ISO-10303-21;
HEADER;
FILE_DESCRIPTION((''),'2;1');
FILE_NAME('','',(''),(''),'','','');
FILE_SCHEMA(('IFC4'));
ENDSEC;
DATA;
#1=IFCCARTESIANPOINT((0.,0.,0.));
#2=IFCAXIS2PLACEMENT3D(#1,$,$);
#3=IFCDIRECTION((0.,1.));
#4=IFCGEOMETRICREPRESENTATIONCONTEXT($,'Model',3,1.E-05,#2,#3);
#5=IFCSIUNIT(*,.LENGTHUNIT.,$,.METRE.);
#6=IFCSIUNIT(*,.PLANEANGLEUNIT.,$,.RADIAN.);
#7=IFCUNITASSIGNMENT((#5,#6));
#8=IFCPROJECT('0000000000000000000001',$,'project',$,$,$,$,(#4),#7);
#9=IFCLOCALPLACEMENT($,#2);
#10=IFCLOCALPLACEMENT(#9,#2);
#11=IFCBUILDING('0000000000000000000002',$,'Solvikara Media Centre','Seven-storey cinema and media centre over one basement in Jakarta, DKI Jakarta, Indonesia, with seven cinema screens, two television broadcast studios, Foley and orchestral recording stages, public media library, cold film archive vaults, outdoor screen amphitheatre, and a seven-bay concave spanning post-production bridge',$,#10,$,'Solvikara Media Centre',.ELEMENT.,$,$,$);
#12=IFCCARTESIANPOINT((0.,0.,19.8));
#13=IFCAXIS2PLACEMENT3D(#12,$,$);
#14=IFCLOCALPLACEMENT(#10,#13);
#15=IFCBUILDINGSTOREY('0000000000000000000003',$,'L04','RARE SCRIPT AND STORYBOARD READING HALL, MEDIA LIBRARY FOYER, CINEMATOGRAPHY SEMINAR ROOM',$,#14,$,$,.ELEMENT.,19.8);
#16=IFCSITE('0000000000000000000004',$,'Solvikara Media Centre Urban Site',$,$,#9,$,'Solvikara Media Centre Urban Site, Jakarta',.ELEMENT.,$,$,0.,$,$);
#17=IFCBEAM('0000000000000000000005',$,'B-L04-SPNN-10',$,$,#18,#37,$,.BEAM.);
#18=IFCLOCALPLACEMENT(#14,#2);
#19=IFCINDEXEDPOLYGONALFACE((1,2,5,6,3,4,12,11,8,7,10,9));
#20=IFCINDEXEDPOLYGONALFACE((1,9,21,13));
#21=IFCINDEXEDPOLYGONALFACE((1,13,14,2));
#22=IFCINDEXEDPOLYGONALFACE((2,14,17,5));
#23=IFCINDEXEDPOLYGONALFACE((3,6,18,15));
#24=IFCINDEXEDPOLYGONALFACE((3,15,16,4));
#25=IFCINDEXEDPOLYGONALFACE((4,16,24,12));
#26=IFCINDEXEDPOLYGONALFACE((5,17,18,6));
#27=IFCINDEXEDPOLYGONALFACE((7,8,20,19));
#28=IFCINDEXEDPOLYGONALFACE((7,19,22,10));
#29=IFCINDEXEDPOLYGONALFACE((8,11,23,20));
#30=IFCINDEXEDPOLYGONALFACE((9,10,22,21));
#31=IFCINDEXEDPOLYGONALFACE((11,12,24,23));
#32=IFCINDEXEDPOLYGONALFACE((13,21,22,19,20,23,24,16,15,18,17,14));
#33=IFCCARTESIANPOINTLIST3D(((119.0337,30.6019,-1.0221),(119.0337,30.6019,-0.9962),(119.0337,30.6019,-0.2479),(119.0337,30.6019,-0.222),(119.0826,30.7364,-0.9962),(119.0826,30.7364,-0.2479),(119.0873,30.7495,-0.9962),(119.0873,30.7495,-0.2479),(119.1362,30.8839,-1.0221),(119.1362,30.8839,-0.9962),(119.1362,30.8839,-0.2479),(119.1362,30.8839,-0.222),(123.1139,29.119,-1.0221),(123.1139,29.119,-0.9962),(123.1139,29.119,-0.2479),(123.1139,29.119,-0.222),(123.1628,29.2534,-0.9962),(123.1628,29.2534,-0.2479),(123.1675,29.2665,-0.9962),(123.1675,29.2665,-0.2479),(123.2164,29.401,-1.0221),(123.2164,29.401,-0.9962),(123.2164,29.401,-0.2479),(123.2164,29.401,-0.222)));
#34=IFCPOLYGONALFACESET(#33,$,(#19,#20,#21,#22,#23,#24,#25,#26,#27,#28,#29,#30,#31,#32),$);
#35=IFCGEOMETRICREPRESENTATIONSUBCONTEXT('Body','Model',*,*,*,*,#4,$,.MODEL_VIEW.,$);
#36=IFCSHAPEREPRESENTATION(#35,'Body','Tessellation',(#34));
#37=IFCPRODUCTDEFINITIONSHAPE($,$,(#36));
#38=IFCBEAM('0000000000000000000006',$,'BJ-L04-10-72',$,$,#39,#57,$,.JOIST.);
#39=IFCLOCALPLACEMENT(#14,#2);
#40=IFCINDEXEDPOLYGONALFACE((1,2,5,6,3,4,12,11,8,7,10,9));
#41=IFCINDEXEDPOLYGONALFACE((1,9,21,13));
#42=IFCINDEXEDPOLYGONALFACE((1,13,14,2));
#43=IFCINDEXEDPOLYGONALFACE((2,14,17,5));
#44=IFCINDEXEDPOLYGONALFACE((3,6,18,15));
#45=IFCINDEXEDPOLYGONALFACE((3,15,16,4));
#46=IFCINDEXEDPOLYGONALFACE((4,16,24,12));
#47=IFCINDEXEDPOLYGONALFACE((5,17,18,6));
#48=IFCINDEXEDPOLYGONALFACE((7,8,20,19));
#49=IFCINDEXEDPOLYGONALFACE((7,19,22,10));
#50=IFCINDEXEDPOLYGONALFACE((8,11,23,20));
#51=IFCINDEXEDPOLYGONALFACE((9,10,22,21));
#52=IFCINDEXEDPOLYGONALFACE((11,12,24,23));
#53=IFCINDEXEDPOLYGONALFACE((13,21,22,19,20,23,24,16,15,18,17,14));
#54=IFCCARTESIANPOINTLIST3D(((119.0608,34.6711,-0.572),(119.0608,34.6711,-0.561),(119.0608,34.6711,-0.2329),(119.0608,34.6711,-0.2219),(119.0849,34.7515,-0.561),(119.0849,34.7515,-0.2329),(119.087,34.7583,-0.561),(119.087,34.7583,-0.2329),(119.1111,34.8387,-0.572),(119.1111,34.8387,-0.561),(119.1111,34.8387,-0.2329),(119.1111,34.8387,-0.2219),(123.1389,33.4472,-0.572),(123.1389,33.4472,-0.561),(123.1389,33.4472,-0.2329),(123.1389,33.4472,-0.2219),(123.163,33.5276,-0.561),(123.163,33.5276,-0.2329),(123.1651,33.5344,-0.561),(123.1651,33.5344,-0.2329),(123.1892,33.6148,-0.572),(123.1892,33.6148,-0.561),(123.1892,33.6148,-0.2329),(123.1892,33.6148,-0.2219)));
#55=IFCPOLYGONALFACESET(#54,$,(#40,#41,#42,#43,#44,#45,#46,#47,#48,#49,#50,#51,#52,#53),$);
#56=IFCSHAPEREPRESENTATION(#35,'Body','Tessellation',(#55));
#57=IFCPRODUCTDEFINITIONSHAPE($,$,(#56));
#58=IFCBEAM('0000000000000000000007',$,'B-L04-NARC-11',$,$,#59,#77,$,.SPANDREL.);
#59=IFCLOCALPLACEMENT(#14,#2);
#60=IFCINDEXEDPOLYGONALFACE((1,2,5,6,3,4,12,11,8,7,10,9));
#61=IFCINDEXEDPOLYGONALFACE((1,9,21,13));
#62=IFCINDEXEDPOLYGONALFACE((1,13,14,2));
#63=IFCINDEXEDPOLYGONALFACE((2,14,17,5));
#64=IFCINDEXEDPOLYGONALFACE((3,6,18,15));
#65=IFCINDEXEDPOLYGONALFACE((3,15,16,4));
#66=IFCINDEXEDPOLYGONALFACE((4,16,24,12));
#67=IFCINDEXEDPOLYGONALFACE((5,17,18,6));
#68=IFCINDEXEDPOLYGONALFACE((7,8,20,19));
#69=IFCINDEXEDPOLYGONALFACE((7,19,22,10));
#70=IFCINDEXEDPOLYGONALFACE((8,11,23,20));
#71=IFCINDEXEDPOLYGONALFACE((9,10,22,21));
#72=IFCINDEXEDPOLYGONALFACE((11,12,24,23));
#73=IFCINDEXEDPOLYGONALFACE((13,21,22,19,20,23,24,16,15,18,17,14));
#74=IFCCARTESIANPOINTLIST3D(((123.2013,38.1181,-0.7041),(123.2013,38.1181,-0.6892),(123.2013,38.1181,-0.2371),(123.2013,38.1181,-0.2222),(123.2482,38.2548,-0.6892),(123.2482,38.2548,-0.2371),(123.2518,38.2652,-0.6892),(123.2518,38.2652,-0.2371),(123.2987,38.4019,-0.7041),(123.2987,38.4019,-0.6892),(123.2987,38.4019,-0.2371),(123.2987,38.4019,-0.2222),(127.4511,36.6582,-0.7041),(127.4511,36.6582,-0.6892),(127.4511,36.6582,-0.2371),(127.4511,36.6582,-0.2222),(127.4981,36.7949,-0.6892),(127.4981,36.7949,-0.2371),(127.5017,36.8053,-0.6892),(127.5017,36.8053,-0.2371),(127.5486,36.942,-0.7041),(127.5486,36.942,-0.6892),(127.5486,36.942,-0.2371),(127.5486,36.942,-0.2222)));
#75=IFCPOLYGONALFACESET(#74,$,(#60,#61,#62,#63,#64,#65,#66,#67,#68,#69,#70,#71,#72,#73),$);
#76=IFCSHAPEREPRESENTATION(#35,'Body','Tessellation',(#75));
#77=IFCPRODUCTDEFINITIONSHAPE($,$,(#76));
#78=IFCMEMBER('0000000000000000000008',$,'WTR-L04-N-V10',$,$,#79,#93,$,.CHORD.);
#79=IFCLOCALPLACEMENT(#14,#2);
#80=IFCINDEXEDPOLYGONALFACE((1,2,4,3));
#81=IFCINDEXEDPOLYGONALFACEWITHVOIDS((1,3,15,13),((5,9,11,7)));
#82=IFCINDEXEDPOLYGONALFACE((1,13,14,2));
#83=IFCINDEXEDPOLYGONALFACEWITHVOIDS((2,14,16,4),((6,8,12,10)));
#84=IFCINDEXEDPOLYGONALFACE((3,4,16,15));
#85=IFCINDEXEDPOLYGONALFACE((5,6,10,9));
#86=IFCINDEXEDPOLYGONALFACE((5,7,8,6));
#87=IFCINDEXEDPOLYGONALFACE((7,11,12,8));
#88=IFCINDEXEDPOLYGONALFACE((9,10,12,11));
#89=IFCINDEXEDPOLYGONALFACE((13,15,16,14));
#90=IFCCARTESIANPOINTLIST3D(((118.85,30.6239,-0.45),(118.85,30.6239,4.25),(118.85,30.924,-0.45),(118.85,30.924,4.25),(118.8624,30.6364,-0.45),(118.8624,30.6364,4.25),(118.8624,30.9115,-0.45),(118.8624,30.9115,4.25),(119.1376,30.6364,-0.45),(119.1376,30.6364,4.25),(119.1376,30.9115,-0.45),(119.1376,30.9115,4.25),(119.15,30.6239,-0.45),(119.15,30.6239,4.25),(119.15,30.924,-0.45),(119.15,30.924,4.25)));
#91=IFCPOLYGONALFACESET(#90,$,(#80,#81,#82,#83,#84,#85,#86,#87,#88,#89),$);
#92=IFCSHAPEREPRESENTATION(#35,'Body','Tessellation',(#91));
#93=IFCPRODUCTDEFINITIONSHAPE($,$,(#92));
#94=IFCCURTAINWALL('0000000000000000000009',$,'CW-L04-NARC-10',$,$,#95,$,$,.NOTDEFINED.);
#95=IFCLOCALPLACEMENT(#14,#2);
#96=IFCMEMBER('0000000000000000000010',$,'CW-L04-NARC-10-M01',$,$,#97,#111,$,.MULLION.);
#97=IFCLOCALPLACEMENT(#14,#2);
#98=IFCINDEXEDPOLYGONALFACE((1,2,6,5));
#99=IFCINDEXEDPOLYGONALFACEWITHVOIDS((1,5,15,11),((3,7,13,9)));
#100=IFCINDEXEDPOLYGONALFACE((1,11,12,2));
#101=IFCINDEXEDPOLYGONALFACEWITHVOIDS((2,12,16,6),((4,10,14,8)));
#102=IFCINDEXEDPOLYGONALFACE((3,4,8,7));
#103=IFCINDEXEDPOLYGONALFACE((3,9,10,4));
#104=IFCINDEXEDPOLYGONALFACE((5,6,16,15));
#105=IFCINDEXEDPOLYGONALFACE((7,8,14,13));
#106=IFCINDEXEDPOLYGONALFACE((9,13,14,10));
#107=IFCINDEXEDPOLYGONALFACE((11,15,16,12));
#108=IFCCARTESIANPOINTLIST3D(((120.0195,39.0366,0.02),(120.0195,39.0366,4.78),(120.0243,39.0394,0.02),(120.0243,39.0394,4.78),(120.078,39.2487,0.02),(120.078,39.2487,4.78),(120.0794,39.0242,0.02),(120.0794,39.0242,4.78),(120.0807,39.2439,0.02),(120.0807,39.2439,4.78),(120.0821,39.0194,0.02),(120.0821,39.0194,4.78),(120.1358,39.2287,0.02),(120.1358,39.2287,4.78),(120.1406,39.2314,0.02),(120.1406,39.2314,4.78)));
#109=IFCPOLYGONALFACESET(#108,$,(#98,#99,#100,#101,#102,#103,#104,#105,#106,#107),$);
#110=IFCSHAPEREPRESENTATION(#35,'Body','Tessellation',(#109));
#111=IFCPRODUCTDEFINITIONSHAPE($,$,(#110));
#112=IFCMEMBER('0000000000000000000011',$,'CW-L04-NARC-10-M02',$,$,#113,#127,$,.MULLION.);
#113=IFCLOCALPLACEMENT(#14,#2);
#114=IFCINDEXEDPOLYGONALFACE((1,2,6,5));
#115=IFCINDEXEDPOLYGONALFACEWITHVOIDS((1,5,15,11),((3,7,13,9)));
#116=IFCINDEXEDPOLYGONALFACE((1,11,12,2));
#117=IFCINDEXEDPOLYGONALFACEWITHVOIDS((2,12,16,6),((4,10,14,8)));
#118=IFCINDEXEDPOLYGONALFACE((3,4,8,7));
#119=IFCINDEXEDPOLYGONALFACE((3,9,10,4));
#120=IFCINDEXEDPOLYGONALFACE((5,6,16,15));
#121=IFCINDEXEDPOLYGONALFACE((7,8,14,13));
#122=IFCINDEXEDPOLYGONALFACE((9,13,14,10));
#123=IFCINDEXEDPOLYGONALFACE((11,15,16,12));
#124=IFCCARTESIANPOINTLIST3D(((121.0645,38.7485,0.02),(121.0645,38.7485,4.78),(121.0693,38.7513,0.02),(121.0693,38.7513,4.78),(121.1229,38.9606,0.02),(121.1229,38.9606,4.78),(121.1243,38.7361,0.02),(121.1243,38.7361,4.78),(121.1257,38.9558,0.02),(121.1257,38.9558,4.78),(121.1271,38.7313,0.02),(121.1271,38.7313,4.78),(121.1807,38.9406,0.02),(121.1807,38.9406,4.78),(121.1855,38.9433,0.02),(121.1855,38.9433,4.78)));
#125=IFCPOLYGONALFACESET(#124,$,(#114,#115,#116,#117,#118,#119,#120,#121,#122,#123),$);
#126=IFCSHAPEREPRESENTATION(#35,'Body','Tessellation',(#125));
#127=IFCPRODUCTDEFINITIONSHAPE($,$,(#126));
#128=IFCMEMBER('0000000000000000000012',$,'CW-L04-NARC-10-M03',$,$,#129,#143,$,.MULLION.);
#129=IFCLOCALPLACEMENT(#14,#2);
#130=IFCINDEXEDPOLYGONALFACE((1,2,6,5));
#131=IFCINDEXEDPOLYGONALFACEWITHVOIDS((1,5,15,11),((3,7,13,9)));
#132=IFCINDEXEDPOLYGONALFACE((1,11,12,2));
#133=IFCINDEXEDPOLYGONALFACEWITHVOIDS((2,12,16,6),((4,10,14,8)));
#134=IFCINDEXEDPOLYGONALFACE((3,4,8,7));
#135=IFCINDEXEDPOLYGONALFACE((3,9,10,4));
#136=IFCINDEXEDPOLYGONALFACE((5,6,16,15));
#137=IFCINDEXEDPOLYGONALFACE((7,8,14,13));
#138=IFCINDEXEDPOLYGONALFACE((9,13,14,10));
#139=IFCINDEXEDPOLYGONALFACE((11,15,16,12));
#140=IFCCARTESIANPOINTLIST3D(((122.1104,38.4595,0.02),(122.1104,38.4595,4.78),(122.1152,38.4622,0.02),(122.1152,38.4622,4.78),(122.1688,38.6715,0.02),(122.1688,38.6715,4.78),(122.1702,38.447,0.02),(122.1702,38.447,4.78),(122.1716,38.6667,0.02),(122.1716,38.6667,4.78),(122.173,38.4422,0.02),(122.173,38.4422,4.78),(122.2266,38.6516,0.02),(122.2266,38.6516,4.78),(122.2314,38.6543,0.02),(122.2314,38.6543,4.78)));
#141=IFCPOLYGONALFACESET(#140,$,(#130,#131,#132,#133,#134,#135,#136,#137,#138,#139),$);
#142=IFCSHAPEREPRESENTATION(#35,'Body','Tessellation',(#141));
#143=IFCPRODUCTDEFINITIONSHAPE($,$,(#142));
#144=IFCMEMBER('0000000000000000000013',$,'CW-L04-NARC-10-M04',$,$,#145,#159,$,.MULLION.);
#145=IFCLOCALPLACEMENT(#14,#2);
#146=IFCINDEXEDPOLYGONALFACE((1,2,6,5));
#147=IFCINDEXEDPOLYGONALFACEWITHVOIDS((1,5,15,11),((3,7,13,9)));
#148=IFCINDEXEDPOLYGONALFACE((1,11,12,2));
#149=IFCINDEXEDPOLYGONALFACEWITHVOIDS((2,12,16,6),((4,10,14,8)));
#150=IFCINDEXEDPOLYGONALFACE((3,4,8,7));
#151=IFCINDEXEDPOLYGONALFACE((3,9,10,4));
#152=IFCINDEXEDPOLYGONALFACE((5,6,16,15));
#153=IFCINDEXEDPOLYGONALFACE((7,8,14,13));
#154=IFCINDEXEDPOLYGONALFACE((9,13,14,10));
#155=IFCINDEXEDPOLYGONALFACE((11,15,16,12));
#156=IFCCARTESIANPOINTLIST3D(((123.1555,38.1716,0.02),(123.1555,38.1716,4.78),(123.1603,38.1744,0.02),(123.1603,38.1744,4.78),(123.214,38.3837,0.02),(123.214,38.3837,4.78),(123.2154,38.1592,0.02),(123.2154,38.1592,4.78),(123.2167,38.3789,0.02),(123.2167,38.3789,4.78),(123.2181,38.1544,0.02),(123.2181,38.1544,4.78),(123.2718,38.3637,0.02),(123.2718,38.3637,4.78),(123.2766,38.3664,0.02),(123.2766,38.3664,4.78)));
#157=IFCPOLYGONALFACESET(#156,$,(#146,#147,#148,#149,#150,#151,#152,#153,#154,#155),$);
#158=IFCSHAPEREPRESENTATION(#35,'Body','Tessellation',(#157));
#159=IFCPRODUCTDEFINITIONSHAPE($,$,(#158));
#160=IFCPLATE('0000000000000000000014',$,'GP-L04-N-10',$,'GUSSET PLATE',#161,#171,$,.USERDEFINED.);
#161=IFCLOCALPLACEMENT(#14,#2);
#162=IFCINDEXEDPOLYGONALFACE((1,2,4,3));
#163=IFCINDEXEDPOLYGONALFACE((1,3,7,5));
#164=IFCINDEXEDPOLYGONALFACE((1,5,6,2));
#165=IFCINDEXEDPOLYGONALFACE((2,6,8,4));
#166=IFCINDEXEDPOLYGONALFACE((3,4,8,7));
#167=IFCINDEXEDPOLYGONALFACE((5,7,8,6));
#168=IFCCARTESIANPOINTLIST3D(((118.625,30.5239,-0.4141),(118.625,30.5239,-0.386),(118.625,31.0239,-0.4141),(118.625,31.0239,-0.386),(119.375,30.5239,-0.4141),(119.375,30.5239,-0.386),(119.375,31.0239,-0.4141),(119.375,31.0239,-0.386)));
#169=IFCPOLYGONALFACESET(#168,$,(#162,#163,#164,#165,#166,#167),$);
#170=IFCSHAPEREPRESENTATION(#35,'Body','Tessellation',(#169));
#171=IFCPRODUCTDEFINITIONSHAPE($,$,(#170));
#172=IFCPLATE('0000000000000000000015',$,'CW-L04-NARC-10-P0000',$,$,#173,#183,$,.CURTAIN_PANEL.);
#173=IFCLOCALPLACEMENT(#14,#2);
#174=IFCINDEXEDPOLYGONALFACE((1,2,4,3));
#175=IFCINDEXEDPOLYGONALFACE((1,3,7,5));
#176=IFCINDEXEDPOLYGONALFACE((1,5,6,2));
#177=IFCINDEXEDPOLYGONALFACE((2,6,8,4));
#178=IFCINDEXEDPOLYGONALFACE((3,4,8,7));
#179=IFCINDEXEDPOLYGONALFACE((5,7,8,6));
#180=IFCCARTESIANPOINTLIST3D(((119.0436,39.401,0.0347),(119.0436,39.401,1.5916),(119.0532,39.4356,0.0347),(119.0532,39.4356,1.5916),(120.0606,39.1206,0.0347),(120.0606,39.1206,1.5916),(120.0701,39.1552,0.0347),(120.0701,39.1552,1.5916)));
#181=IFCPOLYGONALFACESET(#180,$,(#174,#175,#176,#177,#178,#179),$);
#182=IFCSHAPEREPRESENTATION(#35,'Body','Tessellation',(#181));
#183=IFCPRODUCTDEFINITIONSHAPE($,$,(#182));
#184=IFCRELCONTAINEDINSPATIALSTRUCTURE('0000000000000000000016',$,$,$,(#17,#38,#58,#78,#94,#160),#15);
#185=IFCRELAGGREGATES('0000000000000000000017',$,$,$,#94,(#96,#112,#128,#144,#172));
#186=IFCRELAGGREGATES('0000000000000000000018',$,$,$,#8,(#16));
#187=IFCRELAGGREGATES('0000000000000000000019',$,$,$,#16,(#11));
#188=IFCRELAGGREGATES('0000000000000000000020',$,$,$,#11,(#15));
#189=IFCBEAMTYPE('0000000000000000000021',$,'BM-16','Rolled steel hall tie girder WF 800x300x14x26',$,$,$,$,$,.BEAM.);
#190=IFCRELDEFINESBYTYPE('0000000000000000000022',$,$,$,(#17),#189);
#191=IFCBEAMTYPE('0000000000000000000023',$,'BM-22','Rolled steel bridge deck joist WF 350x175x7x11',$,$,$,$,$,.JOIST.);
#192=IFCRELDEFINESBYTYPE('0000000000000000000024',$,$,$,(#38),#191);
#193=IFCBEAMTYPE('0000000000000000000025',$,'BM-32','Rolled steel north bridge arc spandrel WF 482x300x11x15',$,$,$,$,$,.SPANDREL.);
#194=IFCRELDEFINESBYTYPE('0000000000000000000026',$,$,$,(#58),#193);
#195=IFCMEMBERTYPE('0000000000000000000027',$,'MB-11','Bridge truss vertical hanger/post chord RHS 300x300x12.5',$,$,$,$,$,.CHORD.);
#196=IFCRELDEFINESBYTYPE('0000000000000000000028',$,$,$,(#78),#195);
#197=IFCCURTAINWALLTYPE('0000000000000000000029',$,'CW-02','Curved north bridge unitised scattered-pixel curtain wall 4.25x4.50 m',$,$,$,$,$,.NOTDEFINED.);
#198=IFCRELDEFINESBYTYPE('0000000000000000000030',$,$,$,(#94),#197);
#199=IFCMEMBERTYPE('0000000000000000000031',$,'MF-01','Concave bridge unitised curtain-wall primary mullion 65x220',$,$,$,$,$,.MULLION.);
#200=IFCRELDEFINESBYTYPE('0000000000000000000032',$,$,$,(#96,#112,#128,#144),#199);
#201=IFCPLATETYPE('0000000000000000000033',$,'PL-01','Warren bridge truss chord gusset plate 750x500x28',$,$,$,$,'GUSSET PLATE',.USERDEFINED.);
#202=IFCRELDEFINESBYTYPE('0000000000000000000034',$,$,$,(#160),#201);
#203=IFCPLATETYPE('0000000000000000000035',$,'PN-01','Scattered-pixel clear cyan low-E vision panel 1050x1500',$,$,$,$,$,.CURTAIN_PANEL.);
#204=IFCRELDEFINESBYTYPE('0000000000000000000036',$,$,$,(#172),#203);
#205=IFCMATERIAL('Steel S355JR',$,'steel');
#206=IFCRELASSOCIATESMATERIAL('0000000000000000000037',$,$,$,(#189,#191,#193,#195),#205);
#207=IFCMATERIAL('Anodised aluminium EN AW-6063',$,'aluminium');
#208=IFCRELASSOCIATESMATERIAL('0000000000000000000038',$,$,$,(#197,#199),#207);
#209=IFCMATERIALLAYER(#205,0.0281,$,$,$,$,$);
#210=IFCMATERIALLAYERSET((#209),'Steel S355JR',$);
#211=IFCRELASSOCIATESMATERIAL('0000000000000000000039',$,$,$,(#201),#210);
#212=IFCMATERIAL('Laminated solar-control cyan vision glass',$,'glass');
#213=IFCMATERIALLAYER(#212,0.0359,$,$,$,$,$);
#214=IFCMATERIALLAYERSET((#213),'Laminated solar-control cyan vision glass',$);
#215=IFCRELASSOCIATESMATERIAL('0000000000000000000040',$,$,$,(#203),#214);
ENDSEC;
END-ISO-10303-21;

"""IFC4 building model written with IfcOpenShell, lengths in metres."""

from ifc_helpers import new_model, si_unit, direction, frame, origin, origin_2d, place, context, subcontext, project, spatial, rectangle, hollow_rectangle, i_section, extrude, material, layer, layer_set, material_profile, profile_set, type_object, element, aggregate, save


model = new_model("IFC4")

# Units and contexts
model_context = context("Model", 3, precision=1e-05, world=origin(), true_north=direction((0.0, 1.0)))
body_context = subcontext(model_context, "Body", "Model", "MODEL_VIEW")
ifc_project = project(units=[si_unit("LENGTHUNIT", "METRE"), si_unit("PLANEANGLEUNIT", "RADIAN")], contexts=[model_context])

# Site, building, storey
site_placement = place(None, origin())
site = spatial("IfcSite", under=ifc_project, at=site_placement, Name="Solvikara Media Centre Urban Site", LongName="Solvikara Media Centre Urban Site, Jakarta", CompositionType="ELEMENT", RefElevation=0.0)
building_placement = place(site_placement, origin())
building = spatial("IfcBuilding", under=site, at=building_placement, Name="Solvikara Media Centre", Description="Seven-storey cinema and media centre over one basement in Jakarta, DKI Jakarta, Indonesia, with seven cinema screens, two television broadcast studios, Foley and orchestral recording stages, public media library, cold film archive vaults, outdoor screen amphitheatre, and a seven-bay concave spanning post-production bridge", LongName="Solvikara Media Centre", CompositionType="ELEMENT")
storey_placement = place(building_placement, frame((0.0, 0.0, 19.8)))
storey = spatial("IfcBuildingStorey", under=building, at=storey_placement, Name="L04", Description="RARE SCRIPT AND STORYBOARD READING HALL, MEDIA LIBRARY FOYER, CINEMATOGRAPHY SEMINAR ROOM", CompositionType="ELEMENT", Elevation=19.8)

# Beams
ifc_material_1 = material(Name="Steel S355JR", Category="steel")
ifc_material_profile_1 = material_profile(ifc_material_1, i_section(OverallWidth=0.3, OverallDepth=0.8, WebThickness=0.0139, FlangeThickness=0.0259, at=origin_2d()), Name="WF 800x300x14x26")
ifc_profile_set_1 = profile_set([ifc_material_profile_1], Name="Steel S355JR")
beam_type_1 = type_object("IfcBeamType", Name="BM-16", Description="Rolled steel hall tie girder WF 800x300x14x26", PredefinedType="BEAM", material=ifc_profile_set_1)
beam_1_placement = place(storey_placement, frame((119.085, 30.7429, -0.6221), z_axis=(0.939849, -0.34159, 0.0), x_axis=(0.34159, 0.939849, 0.0)))
element("IfcBeam", 1, at=beam_1_placement, inside=storey, type_object=beam_type_1, Name="B-L04-SPNN-10", PredefinedType="BEAM", context=body_context, shape_type="SweptSolid", body=[
    extrude(i_section(OverallWidth=0.3, OverallDepth=0.8, WebThickness=0.0139, FlangeThickness=0.0259, at=origin_2d()), origin(), (0.0, 0.0, 1.0), 4.3413),
])
ifc_material_profile_2 = material_profile(ifc_material_1, i_section(OverallWidth=0.175, OverallDepth=0.3501, WebThickness=0.0071, FlangeThickness=0.011, at=origin_2d()), Name="WF 350x175x7x11")
ifc_profile_set_2 = profile_set([ifc_material_profile_2], Name="Steel S355JR")
beam_type_2 = type_object("IfcBeamType", Name="BM-22", Description="Rolled steel bridge deck joist WF 350x175x7x11", PredefinedType="JOIST", material=ifc_profile_set_2)
beam_2_placement = place(storey_placement, frame((119.0859, 34.7549, -0.397), z_axis=(0.957798, -0.287443, 0.0), x_axis=(0.287443, 0.957798, 0.0)))
element("IfcBeam", 2, at=beam_2_placement, inside=storey, type_object=beam_type_2, Name="BJ-L04-10-72", PredefinedType="JOIST", context=body_context, shape_type="SweptSolid", body=[
    extrude(i_section(OverallWidth=0.175, OverallDepth=0.3501, WebThickness=0.0071, FlangeThickness=0.011, at=origin_2d()), origin(), (0.0, 0.0, 1.0), 4.2578),
])
ifc_material_profile_3 = material_profile(ifc_material_1, i_section(OverallWidth=0.3, OverallDepth=0.4819, WebThickness=0.011, FlangeThickness=0.0149, at=origin_2d()), Name="WF 482x300x11x15")
ifc_profile_set_3 = profile_set([ifc_material_profile_3], Name="Steel S355JR")
beam_type_3 = type_object("IfcBeamType", Name="BM-32", Description="Rolled steel north bridge arc spandrel WF 482x300x11x15", PredefinedType="SPANDREL", material=ifc_profile_set_3)
beam_3_placement = place(storey_placement, frame((123.25, 38.26, -0.4631), z_axis=(0.945753, -0.324885, 0.0), x_axis=(0.324885, 0.945753, 0.0)))
element("IfcBeam", 3, at=beam_3_placement, inside=storey, type_object=beam_type_3, Name="B-L04-NARC-11", PredefinedType="SPANDREL", context=body_context, shape_type="SweptSolid", body=[
    extrude(i_section(OverallWidth=0.3, OverallDepth=0.4819, WebThickness=0.011, FlangeThickness=0.0149, at=origin_2d()), origin(), (0.0, 0.0, 1.0), 4.4937),
])

# Member
ifc_material_profile_4 = material_profile(ifc_material_1, hollow_rectangle(XDim=0.3, YDim=0.3, WallThickness=0.0125, at=origin_2d()), Name="RHS 300x300x12.5")
ifc_profile_set_4 = profile_set([ifc_material_profile_4], Name="Steel S355JR")
member_type_1 = type_object("IfcMemberType", Name="MB-11", Description="Bridge truss vertical hanger/post chord RHS 300x300x12.5", PredefinedType="CHORD", material=ifc_profile_set_4)
member_1_placement = place(storey_placement, frame((119.0, 30.7739, -0.45), z_axis=(0.0, 0.0, 1.0), x_axis=(1.0, 0.0, 0.0)))
element("IfcMember", 4, at=member_1_placement, inside=storey, type_object=member_type_1, Name="WTR-L04-N-V10", PredefinedType="CHORD", context=body_context, shape_type="SweptSolid", body=[
    extrude(hollow_rectangle(XDim=0.3, YDim=0.3, WallThickness=0.0125, at=origin_2d()), origin(), (0.0, 0.0, 1.0), 4.7),
])

# Curtain wall, members
ifc_material_2 = material(Name="Anodised aluminium EN AW-6063", Category="aluminium")
curtain_wall_type = type_object("IfcCurtainWallType", Name="CW-02", Description="Curved north bridge unitised scattered-pixel curtain wall 4.25x4.50 m", PredefinedType="NOTDEFINED", material=ifc_material_2)
curtain_wall_placement = place(storey_placement, origin())
curtain_wall = element("IfcCurtainWall", 5, at=curtain_wall_placement, inside=storey, type_object=curtain_wall_type, Name="CW-L04-NARC-10", PredefinedType="NOTDEFINED")
ifc_material_profile_5 = material_profile(ifc_material_2, hollow_rectangle(XDim=0.0649, YDim=0.22, WallThickness=0.0039, at=origin_2d()), Name="ALU-M 65x220x4")
ifc_profile_set_5 = profile_set([ifc_material_profile_5], Name="Anodised aluminium EN AW-6063")
member_type_2 = type_object("IfcMemberType", Name="MF-01", Description="Concave bridge unitised curtain-wall primary mullion 65x220", PredefinedType="MULLION", material=ifc_profile_set_5)
member_2_placement = place(storey_placement, frame((120.0801, 39.134, 0.02), z_axis=(0.0, 0.0, 1.0), x_axis=(0.96403, -0.265792, 0.0)))
member_2 = element("IfcMember", 6, at=member_2_placement, type_object=member_type_2, Name="CW-L04-NARC-10-M01", PredefinedType="MULLION", context=body_context, shape_type="SweptSolid", body=[
    extrude(hollow_rectangle(XDim=0.0649, YDim=0.22, WallThickness=0.0039, at=origin_2d()), origin(), (0.0, 0.0, 1.0), 4.76),
])
member_3_placement = place(storey_placement, frame((121.125, 38.8459, 0.02), z_axis=(0.0, 0.0, 1.0), x_axis=(0.96403, -0.265792, 0.0)))
member_3 = element("IfcMember", 7, at=member_3_placement, type_object=member_type_2, Name="CW-L04-NARC-10-M02", PredefinedType="MULLION", context=body_context, shape_type="SweptSolid", body=[
    extrude(hollow_rectangle(XDim=0.0649, YDim=0.22, WallThickness=0.0039, at=origin_2d()), origin(), (0.0, 0.0, 1.0), 4.76),
])
member_4_placement = place(storey_placement, frame((122.1709, 38.5569, 0.02), z_axis=(0.0, 0.0, 1.0), x_axis=(0.96403, -0.265792, 0.0)))
member_4 = element("IfcMember", 8, at=member_4_placement, type_object=member_type_2, Name="CW-L04-NARC-10-M03", PredefinedType="MULLION", context=body_context, shape_type="SweptSolid", body=[
    extrude(hollow_rectangle(XDim=0.0649, YDim=0.22, WallThickness=0.0039, at=origin_2d()), origin(), (0.0, 0.0, 1.0), 4.76),
])
member_5_placement = place(storey_placement, frame((123.2161, 38.269, 0.02), z_axis=(0.0, 0.0, 1.0), x_axis=(0.96403, -0.265792, 0.0)))
member_5 = element("IfcMember", 9, at=member_5_placement, type_object=member_type_2, Name="CW-L04-NARC-10-M04", PredefinedType="MULLION", context=body_context, shape_type="SweptSolid", body=[
    extrude(hollow_rectangle(XDim=0.0649, YDim=0.22, WallThickness=0.0039, at=origin_2d()), origin(), (0.0, 0.0, 1.0), 4.76),
])

# Plates
ifc_layer_1 = layer(ifc_material_1, 0.0281)
ifc_layer_set_1 = layer_set([ifc_layer_1], Name="Steel S355JR")
plate_type_1 = type_object("IfcPlateType", Name="PL-01", Description="Warren bridge truss chord gusset plate 750x500x28", ElementType="GUSSET PLATE", PredefinedType="USERDEFINED", material=ifc_layer_set_1)
plate_1_placement = place(storey_placement, frame((119.0, 30.7739, -0.4141), z_axis=(0.0, 0.0, 1.0), x_axis=(1.0, 0.0, 0.0)))
element("IfcPlate", 10, at=plate_1_placement, inside=storey, type_object=plate_type_1, Name="GP-L04-N-10", ObjectType="GUSSET PLATE", PredefinedType="USERDEFINED", context=body_context, shape_type="SweptSolid", body=[
    extrude(rectangle(XDim=0.75, YDim=0.5, at=origin_2d()), origin(), (0.0, 0.0, 1.0), 0.0281),
])
ifc_material_3 = material(Name="Laminated solar-control cyan vision glass", Category="glass")
ifc_layer_2 = layer(ifc_material_3, 0.0359)
ifc_layer_set_2 = layer_set([ifc_layer_2], Name="Laminated solar-control cyan vision glass")
plate_type_2 = type_object("IfcPlateType", Name="PN-01", Description="Scattered-pixel clear cyan low-E vision panel 1050x1500", PredefinedType="CURTAIN_PANEL", material=ifc_layer_set_2)
plate_2_placement = place(storey_placement, frame((119.5569, 39.2781, 0.0347), z_axis=(0.0, 0.0, 1.0), x_axis=(0.96403, -0.265792, 0.0)))
plate_2 = element("IfcPlate", 11, at=plate_2_placement, type_object=plate_type_2, Name="CW-L04-NARC-10-P0000", PredefinedType="CURTAIN_PANEL", context=body_context, shape_type="SweptSolid", body=[
    extrude(rectangle(XDim=1.0549, YDim=0.0359, at=origin_2d()), origin(), (0.0, 0.0, 1.0), 1.5569),
])
aggregate(curtain_wall, [member_2, member_3, member_4, member_5, plate_2])

save(model, "model.ifc")
